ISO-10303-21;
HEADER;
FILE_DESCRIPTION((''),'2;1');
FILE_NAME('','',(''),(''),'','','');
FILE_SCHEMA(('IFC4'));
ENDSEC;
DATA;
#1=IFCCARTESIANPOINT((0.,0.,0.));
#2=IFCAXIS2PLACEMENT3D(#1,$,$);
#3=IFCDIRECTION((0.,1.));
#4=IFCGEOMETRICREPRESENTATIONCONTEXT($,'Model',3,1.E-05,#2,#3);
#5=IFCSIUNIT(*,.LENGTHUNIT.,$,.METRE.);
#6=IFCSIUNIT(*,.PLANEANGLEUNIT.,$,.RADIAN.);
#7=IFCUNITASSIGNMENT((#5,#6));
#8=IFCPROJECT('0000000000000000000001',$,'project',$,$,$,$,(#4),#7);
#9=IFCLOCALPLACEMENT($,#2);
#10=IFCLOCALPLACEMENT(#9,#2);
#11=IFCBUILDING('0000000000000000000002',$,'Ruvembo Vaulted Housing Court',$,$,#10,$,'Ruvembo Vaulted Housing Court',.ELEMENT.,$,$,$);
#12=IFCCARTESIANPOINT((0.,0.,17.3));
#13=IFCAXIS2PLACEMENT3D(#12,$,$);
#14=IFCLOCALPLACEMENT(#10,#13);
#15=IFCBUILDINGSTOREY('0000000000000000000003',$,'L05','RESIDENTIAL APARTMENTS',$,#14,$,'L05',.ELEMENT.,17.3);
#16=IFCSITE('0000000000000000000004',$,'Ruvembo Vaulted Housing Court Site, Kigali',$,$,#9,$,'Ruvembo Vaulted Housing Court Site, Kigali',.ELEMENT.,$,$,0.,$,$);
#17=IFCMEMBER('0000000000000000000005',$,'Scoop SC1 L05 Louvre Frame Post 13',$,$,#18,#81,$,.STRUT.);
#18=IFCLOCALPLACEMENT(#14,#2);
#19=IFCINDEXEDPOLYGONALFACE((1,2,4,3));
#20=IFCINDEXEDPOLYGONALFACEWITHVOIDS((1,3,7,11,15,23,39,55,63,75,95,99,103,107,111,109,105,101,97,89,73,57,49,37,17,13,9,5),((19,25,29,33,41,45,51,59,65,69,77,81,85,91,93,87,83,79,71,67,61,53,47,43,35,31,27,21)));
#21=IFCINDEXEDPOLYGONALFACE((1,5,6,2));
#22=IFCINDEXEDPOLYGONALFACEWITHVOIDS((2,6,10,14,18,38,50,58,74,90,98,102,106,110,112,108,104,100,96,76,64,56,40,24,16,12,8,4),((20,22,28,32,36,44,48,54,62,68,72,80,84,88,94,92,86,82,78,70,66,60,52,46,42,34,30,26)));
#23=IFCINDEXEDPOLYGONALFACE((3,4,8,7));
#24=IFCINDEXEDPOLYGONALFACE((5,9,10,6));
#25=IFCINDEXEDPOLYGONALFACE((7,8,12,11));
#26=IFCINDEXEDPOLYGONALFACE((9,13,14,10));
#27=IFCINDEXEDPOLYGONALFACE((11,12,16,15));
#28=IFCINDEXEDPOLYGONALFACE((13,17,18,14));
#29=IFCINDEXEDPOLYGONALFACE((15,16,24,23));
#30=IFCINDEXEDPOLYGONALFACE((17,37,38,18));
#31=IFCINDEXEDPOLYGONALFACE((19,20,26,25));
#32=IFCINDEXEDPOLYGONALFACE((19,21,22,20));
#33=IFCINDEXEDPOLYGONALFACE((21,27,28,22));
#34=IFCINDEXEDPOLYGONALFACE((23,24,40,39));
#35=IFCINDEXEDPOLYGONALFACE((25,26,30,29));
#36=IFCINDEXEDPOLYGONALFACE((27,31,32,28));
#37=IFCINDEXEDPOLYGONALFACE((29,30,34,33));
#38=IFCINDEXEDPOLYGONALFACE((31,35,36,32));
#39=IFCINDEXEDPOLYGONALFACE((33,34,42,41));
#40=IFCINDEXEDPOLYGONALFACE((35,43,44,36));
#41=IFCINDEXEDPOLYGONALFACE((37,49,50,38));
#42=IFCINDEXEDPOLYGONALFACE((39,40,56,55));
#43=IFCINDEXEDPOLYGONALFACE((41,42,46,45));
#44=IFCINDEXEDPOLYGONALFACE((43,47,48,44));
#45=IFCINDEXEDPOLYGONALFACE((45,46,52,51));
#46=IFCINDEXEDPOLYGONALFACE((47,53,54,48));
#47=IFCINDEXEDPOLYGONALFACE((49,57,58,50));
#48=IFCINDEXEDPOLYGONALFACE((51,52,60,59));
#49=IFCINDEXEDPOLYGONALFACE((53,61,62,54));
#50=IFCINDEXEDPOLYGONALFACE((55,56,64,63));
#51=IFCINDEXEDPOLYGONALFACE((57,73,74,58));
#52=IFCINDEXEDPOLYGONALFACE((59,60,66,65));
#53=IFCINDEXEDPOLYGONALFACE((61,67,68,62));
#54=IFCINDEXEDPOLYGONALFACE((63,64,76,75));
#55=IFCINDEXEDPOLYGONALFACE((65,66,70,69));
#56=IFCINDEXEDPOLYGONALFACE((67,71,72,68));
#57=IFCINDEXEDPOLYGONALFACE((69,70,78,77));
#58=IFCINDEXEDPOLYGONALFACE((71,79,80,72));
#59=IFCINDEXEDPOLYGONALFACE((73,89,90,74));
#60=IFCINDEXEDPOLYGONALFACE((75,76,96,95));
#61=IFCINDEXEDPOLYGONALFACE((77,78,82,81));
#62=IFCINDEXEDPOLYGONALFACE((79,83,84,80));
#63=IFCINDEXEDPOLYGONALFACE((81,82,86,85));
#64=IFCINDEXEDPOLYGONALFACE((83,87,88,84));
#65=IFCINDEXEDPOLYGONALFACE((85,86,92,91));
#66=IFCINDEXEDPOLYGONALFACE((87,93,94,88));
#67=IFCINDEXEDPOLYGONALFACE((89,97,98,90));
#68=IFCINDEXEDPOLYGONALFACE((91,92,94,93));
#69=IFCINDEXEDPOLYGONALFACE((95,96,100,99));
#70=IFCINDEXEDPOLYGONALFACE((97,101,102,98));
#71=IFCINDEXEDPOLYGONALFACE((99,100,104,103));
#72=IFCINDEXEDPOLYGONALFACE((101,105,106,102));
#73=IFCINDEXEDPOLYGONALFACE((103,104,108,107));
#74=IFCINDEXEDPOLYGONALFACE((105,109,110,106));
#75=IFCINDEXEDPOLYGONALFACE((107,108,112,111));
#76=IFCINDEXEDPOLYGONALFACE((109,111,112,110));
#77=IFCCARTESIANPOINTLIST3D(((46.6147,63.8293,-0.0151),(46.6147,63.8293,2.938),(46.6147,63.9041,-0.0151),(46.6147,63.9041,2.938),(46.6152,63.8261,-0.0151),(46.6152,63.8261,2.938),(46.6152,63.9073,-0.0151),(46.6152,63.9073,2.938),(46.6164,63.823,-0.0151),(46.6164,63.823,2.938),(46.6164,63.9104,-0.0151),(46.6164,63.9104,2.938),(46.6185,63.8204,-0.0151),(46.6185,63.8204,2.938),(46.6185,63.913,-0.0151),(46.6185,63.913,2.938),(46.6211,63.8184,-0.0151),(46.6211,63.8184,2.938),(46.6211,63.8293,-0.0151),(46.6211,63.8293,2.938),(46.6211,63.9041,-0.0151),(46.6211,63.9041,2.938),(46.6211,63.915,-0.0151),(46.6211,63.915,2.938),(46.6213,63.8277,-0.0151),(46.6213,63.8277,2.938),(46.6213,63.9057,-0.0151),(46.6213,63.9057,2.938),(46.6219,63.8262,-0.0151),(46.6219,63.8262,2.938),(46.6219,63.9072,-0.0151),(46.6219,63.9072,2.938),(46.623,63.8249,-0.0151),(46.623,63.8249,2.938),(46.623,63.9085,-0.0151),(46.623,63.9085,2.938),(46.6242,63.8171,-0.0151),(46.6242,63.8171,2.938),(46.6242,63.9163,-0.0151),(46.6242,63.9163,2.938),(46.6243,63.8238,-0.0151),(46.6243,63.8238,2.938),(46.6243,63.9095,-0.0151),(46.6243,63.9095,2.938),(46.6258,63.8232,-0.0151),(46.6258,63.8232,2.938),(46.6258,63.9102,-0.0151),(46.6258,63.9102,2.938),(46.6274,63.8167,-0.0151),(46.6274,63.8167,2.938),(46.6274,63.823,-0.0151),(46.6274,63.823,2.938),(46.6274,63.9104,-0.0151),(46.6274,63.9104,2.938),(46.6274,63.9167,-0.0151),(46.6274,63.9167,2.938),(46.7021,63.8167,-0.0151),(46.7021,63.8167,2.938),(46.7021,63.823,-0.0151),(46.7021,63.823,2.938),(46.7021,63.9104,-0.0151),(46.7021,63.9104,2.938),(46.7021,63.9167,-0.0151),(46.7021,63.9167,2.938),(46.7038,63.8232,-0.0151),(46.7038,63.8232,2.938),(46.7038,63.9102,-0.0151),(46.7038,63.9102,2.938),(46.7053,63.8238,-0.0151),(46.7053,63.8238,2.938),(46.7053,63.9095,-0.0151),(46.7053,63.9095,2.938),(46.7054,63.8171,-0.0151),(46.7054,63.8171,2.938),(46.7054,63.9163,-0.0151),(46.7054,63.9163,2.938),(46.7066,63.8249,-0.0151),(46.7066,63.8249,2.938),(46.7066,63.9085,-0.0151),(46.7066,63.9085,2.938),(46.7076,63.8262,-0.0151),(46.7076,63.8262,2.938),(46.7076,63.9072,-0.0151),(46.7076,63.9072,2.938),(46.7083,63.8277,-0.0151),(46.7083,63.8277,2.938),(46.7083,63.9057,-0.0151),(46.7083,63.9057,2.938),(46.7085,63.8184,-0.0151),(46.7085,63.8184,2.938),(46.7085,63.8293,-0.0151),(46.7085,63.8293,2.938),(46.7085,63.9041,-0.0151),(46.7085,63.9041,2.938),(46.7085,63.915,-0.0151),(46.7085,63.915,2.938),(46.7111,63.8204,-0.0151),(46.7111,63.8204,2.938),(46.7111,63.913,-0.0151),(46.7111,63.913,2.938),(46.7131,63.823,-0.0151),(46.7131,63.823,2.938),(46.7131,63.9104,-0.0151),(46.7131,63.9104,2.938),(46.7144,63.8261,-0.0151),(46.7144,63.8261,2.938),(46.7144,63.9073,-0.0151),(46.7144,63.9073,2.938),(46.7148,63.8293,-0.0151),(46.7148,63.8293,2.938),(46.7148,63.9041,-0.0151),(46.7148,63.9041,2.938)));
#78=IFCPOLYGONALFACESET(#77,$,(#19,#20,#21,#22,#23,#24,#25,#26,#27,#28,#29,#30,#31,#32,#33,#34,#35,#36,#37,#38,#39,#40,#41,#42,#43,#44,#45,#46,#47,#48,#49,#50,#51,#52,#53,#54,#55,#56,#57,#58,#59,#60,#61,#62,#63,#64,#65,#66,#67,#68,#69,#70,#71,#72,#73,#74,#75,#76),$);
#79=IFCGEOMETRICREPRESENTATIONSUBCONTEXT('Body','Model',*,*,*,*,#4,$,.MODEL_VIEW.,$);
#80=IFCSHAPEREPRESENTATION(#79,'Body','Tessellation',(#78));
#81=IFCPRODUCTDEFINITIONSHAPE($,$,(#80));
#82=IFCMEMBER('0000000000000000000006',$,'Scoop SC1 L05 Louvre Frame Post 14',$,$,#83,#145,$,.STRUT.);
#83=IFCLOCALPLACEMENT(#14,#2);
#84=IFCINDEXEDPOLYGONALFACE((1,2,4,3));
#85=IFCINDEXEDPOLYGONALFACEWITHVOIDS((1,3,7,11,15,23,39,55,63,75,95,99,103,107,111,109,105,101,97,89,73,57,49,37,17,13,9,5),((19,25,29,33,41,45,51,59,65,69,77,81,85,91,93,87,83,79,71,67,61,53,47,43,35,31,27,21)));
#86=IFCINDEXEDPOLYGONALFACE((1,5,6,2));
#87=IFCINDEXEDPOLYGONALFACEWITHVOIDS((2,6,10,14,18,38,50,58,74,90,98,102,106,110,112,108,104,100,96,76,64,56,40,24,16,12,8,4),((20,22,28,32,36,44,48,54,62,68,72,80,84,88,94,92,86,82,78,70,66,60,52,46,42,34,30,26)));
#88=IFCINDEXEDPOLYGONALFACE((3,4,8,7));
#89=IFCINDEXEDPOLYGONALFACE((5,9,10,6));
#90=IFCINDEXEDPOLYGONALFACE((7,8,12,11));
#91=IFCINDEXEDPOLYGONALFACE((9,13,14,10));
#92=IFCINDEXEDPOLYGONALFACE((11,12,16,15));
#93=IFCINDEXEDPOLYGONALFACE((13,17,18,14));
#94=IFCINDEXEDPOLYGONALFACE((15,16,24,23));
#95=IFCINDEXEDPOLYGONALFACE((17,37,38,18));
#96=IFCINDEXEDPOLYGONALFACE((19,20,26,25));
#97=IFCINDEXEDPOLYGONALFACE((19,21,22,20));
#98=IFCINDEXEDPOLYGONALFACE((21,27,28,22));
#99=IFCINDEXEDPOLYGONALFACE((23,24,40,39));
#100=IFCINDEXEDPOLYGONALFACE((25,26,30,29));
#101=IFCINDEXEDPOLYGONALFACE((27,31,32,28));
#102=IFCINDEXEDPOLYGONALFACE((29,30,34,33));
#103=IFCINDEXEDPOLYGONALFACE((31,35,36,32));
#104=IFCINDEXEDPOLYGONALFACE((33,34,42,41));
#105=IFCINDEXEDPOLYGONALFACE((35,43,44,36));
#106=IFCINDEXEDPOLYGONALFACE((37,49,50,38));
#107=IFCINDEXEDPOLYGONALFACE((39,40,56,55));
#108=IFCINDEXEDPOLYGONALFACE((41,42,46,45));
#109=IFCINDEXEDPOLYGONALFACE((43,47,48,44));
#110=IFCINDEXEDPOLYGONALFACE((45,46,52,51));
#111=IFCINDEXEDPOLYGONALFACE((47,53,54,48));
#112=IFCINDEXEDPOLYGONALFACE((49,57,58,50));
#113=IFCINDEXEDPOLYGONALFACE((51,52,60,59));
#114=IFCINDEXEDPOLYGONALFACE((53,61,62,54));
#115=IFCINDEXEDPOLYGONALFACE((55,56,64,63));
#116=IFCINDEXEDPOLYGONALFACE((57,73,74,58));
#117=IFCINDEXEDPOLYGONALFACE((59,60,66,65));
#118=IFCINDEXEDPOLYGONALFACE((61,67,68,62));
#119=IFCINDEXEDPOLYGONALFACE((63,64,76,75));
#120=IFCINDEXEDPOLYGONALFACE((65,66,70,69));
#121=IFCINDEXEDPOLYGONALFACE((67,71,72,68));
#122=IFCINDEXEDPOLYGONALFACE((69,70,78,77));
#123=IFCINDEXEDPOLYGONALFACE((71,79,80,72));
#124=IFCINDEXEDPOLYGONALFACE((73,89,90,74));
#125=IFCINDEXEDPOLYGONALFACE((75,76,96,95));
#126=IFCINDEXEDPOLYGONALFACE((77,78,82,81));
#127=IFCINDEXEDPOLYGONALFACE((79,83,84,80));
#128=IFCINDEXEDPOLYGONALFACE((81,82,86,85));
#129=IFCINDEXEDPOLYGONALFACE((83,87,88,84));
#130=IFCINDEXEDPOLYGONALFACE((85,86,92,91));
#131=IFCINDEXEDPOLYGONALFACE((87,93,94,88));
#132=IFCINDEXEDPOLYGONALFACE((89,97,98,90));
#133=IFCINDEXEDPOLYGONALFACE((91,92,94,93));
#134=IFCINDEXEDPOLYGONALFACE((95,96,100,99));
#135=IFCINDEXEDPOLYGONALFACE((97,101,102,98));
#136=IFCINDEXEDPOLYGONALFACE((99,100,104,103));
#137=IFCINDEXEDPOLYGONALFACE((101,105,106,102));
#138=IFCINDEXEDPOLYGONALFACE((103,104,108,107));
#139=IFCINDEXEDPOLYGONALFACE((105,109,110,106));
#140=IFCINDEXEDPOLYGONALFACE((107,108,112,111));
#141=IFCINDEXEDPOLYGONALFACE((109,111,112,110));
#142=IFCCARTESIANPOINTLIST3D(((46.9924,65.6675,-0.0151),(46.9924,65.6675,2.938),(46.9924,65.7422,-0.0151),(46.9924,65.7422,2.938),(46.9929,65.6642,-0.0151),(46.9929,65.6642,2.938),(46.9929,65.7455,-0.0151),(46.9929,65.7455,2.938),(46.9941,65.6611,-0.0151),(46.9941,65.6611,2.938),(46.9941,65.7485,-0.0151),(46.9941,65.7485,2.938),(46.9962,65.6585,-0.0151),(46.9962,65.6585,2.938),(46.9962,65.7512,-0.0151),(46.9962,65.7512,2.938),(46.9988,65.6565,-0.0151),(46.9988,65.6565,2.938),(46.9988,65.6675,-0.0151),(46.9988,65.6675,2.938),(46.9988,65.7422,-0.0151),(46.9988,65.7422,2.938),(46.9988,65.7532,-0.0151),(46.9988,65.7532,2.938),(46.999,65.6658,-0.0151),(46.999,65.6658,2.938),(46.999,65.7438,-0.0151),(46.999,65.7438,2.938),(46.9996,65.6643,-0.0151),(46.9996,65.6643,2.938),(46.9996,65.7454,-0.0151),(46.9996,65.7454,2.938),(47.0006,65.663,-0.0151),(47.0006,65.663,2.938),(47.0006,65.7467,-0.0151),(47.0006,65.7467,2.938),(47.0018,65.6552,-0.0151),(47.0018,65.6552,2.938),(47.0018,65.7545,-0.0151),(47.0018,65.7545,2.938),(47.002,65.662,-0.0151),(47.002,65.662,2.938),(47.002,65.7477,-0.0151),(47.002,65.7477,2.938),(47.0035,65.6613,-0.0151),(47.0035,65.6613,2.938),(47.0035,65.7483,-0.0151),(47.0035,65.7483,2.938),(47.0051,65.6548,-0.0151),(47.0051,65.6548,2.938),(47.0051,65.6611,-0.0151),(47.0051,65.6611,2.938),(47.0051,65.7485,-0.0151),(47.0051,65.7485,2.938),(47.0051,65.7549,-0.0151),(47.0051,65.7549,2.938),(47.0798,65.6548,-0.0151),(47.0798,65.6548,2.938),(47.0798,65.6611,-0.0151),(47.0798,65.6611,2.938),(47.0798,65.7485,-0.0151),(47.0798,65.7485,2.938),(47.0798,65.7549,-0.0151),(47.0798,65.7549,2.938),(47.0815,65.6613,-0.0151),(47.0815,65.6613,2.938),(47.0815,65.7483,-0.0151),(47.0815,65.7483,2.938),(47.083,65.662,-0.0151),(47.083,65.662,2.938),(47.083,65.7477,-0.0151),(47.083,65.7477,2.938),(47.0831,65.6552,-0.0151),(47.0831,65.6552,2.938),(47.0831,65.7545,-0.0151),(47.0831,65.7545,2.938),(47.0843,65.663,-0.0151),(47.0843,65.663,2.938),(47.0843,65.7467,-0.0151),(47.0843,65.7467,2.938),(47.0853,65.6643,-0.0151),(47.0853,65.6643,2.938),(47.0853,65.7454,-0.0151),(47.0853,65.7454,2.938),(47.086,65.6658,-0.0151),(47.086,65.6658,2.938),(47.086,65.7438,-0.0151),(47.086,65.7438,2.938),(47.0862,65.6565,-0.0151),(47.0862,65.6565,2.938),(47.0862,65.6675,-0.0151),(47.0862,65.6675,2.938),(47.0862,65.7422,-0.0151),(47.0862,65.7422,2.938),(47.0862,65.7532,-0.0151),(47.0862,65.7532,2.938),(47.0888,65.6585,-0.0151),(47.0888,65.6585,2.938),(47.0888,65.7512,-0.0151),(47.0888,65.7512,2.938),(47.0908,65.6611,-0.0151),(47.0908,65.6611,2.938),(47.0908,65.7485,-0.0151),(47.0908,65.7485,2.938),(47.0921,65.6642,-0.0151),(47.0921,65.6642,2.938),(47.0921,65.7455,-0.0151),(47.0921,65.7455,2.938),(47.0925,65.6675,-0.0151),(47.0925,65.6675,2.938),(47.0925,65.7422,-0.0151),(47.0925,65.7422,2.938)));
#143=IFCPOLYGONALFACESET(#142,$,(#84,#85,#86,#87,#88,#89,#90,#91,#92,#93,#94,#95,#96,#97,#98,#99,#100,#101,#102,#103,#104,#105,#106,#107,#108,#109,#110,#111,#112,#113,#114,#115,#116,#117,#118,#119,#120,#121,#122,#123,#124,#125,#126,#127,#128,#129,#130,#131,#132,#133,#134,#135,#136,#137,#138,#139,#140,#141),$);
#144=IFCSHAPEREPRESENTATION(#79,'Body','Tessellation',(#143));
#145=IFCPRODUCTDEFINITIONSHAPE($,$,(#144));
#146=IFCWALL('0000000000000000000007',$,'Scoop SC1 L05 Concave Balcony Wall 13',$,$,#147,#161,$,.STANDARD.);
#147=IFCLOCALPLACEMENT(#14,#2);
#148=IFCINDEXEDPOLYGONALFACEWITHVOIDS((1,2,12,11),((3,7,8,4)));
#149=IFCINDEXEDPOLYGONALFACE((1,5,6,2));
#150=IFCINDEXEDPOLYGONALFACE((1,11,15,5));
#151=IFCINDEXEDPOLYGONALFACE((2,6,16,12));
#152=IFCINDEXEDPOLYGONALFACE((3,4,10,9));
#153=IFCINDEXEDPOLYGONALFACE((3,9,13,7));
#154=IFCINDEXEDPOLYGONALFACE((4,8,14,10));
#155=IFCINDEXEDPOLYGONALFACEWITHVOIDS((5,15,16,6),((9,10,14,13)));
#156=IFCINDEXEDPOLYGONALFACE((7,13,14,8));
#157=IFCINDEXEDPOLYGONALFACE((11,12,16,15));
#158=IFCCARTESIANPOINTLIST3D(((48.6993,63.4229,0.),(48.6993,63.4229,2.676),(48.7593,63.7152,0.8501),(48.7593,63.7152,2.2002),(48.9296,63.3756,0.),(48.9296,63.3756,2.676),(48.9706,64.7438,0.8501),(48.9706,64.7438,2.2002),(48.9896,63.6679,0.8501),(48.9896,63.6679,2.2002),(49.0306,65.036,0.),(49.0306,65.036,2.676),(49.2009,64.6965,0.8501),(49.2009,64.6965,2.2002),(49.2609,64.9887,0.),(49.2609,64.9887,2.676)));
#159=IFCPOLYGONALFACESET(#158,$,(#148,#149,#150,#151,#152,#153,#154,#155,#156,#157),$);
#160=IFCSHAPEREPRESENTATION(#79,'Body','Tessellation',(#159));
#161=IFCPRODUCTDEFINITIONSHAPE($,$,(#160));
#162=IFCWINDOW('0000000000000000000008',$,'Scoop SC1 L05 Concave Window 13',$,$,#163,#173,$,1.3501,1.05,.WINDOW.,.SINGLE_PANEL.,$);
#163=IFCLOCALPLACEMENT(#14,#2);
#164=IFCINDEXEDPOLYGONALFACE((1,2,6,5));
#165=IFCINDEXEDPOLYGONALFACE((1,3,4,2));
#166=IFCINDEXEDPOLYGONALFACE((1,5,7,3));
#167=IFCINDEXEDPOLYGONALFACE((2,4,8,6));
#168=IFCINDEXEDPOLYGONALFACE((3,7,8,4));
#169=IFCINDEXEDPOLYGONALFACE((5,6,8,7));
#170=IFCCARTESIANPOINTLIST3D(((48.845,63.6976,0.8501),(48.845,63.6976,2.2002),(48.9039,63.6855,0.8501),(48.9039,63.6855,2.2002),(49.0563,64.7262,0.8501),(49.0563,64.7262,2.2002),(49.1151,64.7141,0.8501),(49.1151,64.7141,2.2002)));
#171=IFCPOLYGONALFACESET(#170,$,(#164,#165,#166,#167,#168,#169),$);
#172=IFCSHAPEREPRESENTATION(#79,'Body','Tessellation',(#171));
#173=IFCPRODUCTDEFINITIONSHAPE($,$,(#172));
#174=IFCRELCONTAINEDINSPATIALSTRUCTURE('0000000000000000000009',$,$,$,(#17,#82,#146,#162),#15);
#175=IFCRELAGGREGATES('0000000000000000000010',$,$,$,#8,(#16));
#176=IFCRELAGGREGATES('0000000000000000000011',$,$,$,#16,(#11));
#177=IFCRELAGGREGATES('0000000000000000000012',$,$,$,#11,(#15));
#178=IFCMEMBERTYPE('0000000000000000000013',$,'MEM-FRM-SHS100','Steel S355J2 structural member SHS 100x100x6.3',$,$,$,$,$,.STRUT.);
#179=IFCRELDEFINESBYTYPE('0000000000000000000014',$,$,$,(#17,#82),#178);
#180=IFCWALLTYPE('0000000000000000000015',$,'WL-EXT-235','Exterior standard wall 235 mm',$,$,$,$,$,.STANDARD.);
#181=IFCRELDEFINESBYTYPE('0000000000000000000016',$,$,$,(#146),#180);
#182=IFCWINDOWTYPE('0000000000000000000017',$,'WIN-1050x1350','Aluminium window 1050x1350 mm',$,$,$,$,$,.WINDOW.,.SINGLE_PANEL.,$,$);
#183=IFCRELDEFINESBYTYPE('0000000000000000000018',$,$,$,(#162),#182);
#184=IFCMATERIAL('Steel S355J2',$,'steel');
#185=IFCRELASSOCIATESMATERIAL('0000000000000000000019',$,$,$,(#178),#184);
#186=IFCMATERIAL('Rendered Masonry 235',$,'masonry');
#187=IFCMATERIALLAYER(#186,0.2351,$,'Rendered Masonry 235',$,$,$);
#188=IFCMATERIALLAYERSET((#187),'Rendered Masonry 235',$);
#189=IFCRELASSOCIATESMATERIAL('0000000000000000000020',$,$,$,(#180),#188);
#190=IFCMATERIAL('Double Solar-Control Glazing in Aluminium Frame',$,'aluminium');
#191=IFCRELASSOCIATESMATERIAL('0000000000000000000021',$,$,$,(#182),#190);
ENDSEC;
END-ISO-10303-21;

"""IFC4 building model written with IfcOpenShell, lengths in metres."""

from ifc_helpers import new_model, si_unit, direction, frame, frame_2d, origin, origin_2d, place, context, subcontext, project, spatial, rectangle, hollow_rectangle, extrude, material, layer, layer_set, material_profile, profile_set, type_object, element, fill, save


model = new_model("IFC4")

# Units and contexts
model_context = context("Model", 3, precision=1e-05, world=origin(), true_north=direction((0.0, 1.0)))
body_context = subcontext(model_context, "Body", "Model", "MODEL_VIEW")
ifc_project = project(units=[si_unit("LENGTHUNIT", "METRE"), si_unit("PLANEANGLEUNIT", "RADIAN")], contexts=[model_context])

# Site, building, storey
site_placement = place(None, origin())
site = spatial("IfcSite", under=ifc_project, at=site_placement, Name="Ruvembo Vaulted Housing Court Site, Kigali", LongName="Ruvembo Vaulted Housing Court Site, Kigali", CompositionType="ELEMENT", RefElevation=0.0)
building_placement = place(site_placement, origin())
building = spatial("IfcBuilding", under=site, at=building_placement, Name="Ruvembo Vaulted Housing Court", LongName="Ruvembo Vaulted Housing Court", CompositionType="ELEMENT")
storey_placement = place(building_placement, frame((0.0, 0.0, 17.3)))
storey = spatial("IfcBuildingStorey", under=building, at=storey_placement, Name="L05", Description="RESIDENTIAL APARTMENTS", LongName="L05", CompositionType="ELEMENT", Elevation=17.3)

# Shared definitions
ifc_material_1 = material(Name="Steel S355J2", Category="steel")

# Members
ifc_material_profile_1 = material_profile(ifc_material_1, hollow_rectangle(XDim=0.1001, YDim=0.1001, WallThickness=0.0063, InnerFilletRadius=0.0063, OuterFilletRadius=0.0127, at=origin_2d()), Name="SHS 100x100x6.3")
ifc_profile_set_1 = profile_set([ifc_material_profile_1], Name="Steel S355J2")
member_type_1 = type_object("IfcMemberType", Name="MEM-FRM-SHS100", Description="Steel S355J2 structural member SHS 100x100x6.3", PredefinedType="STRUT", material=ifc_profile_set_1)
for number, where, z_axis, x_axis, name in (
    (1, (46.6648, 63.8667, -0.0151), (0.0, 0.0, 1.0), (1.0, 0.0, 0.0), "Scoop SC1 L05 Louvre Frame Post 13"),
    (2, (47.0425, 65.7048, -0.0151), (0.0, 0.0, 1.0), (1.0, 0.0, 0.0), "Scoop SC1 L05 Louvre Frame Post 14"),
):
    element("IfcMember", number, at=place(storey_placement, frame(where, z_axis=z_axis, x_axis=x_axis)), inside=storey, type_object=member_type_1, Name=name, PredefinedType="STRUT", context=body_context, shape_type="SweptSolid", body=[
        extrude(hollow_rectangle(XDim=0.1001, YDim=0.1001, WallThickness=0.0063, InnerFilletRadius=0.0063, OuterFilletRadius=0.0127, at=origin_2d()), origin(), (0.0, 0.0, 1.0), 2.9531),
    ])

# Wall, opening, window
ifc_material_2 = material(Name="Rendered Masonry 235", Category="masonry")
ifc_layer_1 = layer(ifc_material_2, 0.2351, Name="Rendered Masonry 235")
ifc_layer_set_1 = layer_set([ifc_layer_1], Name="Rendered Masonry 235")
wall_type_1 = type_object("IfcWallType", Name="WL-EXT-235", Description="Exterior standard wall 235 mm", PredefinedType="STANDARD", material=ifc_layer_set_1)
wall_1_placement = place(storey_placement, frame((48.8145, 63.3994, 0.0), z_axis=(0.0, 0.0, 1.0), x_axis=(0.201189, 0.979553, 0.0)))
wall_1 = element("IfcWall", 3, at=wall_1_placement, inside=storey, type_object=wall_type_1, Name="Scoop SC1 L05 Concave Balcony Wall 13", PredefinedType="STANDARD", context=body_context, shape_type="SweptSolid", body=[
    extrude(rectangle(XDim=1.6467, YDim=0.2351, at=frame_2d((0.8232, 0.0))), origin(), (0.0, 0.0, 1.0), 2.676),
])
opening_1_placement = place(wall_1_placement, frame((0.2983, 0.0, 0.8501)))
opening_1 = element("IfcOpeningElement", 4, at=opening_1_placement, cuts=wall_1, PredefinedType="OPENING", context=body_context, shape_type="SweptSolid", body=[
    extrude(rectangle(XDim=1.05, YDim=1.3501, at=frame_2d((0.5249, 0.675))), frame((0.0, 0.1274, 0.0), z_axis=(0.0, -1.0, 0.0), x_axis=(1.0, 0.0, 0.0)), (0.0, 0.0, 1.0), 0.2551),
])
ifc_material_3 = material(Name="Double Solar-Control Glazing in Aluminium Frame", Category="aluminium")
window_type_1 = type_object("IfcWindowType", Name="WIN-1050x1350", Description="Aluminium window 1050x1350 mm", PartitioningType="SINGLE_PANEL", PredefinedType="WINDOW", material=ifc_material_3)
window_1_placement = place(opening_1_placement, origin())
window_1 = element("IfcWindow", 5, at=window_1_placement, inside=storey, type_object=window_type_1, Name="Scoop SC1 L05 Concave Window 13", OverallHeight=1.3501, OverallWidth=1.05, PartitioningType="SINGLE_PANEL", PredefinedType="WINDOW", context=body_context, shape_type="SweptSolid", body=[
    extrude(rectangle(XDim=1.05, YDim=1.3501, at=frame_2d((0.5249, 0.675))), frame((0.0, 0.03, 0.0), z_axis=(0.0, -1.0, 0.0), x_axis=(1.0, 0.0, 0.0)), (0.0, 0.0, 1.0), 0.0601),
])
fill(opening_1, window_1)

save(model, "model.ifc")
